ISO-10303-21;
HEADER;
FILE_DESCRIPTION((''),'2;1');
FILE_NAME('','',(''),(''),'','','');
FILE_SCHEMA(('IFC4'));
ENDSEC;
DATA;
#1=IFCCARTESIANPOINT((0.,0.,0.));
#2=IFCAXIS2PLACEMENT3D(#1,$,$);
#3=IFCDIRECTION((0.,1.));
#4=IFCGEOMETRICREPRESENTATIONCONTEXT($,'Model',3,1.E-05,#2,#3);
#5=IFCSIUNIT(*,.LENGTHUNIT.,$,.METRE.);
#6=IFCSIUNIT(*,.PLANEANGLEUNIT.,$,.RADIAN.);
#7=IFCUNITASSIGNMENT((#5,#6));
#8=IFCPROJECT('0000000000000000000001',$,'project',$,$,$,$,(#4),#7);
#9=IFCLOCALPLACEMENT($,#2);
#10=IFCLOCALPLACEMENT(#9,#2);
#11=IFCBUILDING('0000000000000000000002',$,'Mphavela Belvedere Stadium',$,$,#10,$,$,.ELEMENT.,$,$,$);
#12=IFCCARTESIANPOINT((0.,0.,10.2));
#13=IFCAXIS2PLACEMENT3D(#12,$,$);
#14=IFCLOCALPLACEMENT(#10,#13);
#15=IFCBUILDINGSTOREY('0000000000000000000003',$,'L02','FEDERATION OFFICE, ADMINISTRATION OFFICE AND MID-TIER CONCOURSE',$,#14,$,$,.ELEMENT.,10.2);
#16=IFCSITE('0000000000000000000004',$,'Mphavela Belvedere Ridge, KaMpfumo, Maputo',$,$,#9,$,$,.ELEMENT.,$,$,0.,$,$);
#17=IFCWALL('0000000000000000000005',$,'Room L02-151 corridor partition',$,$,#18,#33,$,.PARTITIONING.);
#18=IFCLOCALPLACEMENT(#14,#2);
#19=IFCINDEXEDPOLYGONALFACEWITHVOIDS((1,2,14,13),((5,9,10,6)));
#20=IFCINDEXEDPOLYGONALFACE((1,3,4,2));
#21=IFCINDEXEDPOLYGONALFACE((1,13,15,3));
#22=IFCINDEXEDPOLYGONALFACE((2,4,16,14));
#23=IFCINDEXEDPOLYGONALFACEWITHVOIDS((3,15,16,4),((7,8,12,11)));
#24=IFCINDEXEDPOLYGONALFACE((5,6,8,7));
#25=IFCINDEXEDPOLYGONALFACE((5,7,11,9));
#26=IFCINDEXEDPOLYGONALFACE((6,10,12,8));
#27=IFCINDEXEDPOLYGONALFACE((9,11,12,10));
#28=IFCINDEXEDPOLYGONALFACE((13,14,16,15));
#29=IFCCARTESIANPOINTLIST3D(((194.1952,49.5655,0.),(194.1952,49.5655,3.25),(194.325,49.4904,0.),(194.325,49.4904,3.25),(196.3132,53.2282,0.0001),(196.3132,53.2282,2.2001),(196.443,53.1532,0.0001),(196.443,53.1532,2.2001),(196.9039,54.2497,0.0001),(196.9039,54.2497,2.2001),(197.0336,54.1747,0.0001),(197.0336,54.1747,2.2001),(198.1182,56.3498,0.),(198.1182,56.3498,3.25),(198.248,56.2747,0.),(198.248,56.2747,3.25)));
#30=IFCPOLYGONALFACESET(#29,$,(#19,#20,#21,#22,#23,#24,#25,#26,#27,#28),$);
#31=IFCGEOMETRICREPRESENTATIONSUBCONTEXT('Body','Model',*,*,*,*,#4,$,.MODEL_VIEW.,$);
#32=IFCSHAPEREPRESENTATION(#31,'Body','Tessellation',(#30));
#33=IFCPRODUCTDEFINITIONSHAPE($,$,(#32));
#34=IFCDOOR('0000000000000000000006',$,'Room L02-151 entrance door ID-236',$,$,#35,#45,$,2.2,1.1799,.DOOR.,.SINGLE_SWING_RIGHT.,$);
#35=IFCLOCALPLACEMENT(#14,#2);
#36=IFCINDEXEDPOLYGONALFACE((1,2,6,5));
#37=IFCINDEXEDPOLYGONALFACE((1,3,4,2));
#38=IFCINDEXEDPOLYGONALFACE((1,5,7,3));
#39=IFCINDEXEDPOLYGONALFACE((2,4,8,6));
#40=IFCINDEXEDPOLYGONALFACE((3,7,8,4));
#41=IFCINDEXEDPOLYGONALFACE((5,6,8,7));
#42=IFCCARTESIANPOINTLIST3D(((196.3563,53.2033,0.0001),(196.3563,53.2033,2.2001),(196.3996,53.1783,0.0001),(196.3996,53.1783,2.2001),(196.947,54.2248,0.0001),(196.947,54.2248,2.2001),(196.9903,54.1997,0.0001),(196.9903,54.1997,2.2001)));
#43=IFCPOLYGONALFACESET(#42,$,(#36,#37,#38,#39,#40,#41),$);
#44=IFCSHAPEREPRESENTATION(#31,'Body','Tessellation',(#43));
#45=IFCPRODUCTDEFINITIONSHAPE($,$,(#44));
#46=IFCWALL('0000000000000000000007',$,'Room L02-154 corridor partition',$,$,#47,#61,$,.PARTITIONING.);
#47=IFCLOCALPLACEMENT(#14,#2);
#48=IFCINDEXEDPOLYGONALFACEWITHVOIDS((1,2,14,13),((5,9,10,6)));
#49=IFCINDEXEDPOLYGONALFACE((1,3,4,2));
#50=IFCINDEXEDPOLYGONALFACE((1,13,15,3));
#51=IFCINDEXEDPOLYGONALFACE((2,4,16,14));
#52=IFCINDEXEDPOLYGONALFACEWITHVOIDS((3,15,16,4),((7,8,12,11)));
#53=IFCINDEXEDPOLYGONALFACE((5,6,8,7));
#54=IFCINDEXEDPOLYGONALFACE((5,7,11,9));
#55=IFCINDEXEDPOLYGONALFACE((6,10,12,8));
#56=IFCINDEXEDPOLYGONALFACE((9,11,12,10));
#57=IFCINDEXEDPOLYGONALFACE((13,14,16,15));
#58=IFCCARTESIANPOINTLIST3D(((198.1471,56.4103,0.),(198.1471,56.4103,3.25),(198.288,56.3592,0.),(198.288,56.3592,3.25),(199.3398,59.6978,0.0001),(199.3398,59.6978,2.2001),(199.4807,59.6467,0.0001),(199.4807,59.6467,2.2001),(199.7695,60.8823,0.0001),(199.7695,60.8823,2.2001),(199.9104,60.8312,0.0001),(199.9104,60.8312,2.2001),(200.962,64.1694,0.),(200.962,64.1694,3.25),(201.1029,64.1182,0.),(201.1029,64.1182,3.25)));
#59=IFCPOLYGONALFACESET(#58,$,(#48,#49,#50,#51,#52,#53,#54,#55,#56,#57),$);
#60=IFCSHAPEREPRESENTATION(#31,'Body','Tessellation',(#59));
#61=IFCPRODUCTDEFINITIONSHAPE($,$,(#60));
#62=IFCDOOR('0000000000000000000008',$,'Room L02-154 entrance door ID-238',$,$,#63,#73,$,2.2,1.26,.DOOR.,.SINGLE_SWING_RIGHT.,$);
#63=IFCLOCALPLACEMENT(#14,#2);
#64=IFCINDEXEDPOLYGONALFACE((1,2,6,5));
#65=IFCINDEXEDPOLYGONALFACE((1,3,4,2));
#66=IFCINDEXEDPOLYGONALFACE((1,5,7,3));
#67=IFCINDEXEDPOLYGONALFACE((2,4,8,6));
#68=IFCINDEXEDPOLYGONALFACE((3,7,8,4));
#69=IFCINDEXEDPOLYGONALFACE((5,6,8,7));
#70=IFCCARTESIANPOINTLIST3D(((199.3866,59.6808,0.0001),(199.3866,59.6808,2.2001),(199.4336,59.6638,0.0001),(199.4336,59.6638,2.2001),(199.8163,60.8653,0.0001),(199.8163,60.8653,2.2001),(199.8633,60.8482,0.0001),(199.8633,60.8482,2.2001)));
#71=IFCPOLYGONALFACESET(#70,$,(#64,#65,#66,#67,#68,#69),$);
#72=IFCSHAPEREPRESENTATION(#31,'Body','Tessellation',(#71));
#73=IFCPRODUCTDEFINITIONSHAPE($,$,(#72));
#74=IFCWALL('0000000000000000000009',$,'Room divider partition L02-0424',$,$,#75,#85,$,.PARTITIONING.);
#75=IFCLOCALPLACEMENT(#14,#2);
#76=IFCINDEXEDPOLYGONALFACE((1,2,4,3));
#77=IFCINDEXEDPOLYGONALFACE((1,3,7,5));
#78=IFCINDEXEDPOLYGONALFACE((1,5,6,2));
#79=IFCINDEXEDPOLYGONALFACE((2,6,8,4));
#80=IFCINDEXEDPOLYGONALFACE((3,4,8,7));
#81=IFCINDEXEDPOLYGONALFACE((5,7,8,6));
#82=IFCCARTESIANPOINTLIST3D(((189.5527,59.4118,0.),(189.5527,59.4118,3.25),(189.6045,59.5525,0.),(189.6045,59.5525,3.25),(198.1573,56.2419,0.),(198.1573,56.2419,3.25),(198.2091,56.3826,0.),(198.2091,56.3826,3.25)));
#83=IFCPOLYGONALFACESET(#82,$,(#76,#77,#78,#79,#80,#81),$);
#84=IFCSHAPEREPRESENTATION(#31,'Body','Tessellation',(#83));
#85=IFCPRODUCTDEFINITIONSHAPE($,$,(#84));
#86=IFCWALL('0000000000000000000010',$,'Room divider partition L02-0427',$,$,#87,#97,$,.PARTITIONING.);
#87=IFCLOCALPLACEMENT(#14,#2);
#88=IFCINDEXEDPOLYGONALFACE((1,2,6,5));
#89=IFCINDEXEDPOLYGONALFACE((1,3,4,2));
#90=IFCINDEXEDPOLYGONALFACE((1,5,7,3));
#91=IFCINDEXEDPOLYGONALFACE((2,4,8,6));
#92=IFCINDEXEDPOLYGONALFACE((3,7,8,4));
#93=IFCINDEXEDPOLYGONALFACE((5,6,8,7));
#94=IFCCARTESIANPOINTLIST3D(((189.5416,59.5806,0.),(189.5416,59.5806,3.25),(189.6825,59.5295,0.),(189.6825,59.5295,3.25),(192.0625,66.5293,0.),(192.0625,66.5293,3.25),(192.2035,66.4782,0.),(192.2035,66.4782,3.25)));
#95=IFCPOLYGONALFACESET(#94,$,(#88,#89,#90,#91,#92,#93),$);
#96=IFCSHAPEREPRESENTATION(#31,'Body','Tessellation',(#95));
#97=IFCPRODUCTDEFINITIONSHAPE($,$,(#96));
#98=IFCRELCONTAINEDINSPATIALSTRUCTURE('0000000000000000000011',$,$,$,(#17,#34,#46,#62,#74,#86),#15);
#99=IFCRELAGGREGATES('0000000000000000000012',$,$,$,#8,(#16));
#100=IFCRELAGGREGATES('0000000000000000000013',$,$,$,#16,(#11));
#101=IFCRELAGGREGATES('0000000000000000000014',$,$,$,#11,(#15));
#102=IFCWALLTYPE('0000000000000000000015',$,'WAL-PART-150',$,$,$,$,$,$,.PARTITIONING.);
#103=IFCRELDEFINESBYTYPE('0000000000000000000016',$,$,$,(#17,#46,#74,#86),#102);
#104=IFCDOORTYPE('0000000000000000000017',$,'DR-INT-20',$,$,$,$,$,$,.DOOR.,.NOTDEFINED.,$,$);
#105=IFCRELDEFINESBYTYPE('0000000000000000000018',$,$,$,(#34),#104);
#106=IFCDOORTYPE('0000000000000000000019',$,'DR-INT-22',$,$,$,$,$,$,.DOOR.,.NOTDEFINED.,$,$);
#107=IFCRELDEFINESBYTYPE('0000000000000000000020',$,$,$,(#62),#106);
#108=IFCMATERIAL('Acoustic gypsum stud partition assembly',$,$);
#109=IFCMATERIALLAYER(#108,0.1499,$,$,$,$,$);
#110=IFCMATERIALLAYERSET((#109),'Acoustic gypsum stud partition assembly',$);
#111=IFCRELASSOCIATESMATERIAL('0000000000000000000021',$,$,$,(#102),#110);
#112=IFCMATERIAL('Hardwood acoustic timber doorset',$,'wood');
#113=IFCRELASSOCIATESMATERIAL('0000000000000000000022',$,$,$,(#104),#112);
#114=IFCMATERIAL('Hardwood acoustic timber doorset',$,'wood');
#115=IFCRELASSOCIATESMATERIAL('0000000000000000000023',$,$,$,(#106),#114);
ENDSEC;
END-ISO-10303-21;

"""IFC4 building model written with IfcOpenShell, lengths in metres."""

from ifc_helpers import new_model, si_unit, direction, frame, frame_2d, origin, place, context, subcontext, project, spatial, rectangle, extrude, material, layer, layer_set, type_object, element, fill, save


model = new_model("IFC4")

# Units and contexts
model_context = context("Model", 3, precision=1e-05, world=origin(), true_north=direction((0.0, 1.0)))
body_context = subcontext(model_context, "Body", "Model", "MODEL_VIEW")
ifc_project = project(units=[si_unit("LENGTHUNIT", "METRE"), si_unit("PLANEANGLEUNIT", "RADIAN")], contexts=[model_context])

# Site, building, storey
site_placement = place(None, origin())
site = spatial("IfcSite", under=ifc_project, at=site_placement, Name="Mphavela Belvedere Ridge, KaMpfumo, Maputo", CompositionType="ELEMENT", RefElevation=0.0)
building_placement = place(site_placement, origin())
building = spatial("IfcBuilding", under=site, at=building_placement, Name="Mphavela Belvedere Stadium", CompositionType="ELEMENT")
storey_placement = place(building_placement, frame((0.0, 0.0, 10.2)))
storey = spatial("IfcBuildingStorey", under=building, at=storey_placement, Name="L02", Description="FEDERATION OFFICE, ADMINISTRATION OFFICE AND MID-TIER CONCOURSE", CompositionType="ELEMENT", Elevation=10.2)

# Walls, openings, doors
ifc_material_1 = material(Name="Acoustic gypsum stud partition assembly")
ifc_layer = layer(ifc_material_1, 0.1499)
ifc_layer_set = layer_set([ifc_layer], Name="Acoustic gypsum stud partition assembly")
wall_type = type_object("IfcWallType", Name="WAL-PART-150", PredefinedType="PARTITIONING", material=ifc_layer_set)
wall_1_placement = place(storey_placement, frame((198.1831, 56.3123, 0.0), z_axis=(0.0, 0.0, 1.0), x_axis=(-0.500584, -0.865688, 0.0)))
wall_1 = element("IfcWall", 1, at=wall_1_placement, inside=storey, type_object=wall_type, Name="Room L02-151 corridor partition", PredefinedType="PARTITIONING", context=body_context, shape_type="SweptSolid", body=[
    extrude(rectangle(XDim=7.8369, YDim=0.1499, at=frame_2d((3.9185, 0.0))), origin(), (0.0, 0.0, 1.0), 3.25),
])
opening_1_placement = place(wall_1_placement, frame((2.426, 0.0, 0.0)))
opening_1 = element("IfcOpeningElement", 2, at=opening_1_placement, cuts=wall_1, PredefinedType="OPENING", context=body_context, shape_type="SweptSolid", body=[
    extrude(rectangle(XDim=1.1799, YDim=2.2, at=frame_2d((0.5898, 1.1001))), frame((0.0, 0.085, 0.0), z_axis=(0.0, -1.0, 0.0), x_axis=(1.0, 0.0, 0.0)), (0.0, 0.0, 1.0), 0.1699),
])
ifc_material_2 = material(Name="Hardwood acoustic timber doorset", Category="wood")
door_type_1 = type_object("IfcDoorType", Name="DR-INT-20", OperationType="NOTDEFINED", PredefinedType="DOOR", material=ifc_material_2)
door_1_placement = place(opening_1_placement, origin())
door_1 = element("IfcDoor", 3, at=door_1_placement, inside=storey, type_object=door_type_1, Name="Room L02-151 entrance door ID-236", OperationType="SINGLE_SWING_RIGHT", OverallHeight=2.2, OverallWidth=1.1799, PredefinedType="DOOR", context=body_context, shape_type="SweptSolid", body=[
    extrude(rectangle(XDim=1.1799, YDim=2.2, at=frame_2d((0.5898, 1.1001))), frame((0.0, 0.0249, 0.0), z_axis=(0.0, -1.0, 0.0), x_axis=(1.0, 0.0, 0.0)), (0.0, 0.0, 1.0), 0.05),
])
fill(opening_1, door_1)
wall_2_placement = place(storey_placement, frame((201.0325, 64.1438, 0.0), z_axis=(0.0, 0.0, 1.0), x_axis=(-0.341045, -0.940047, 0.0)))
wall_2 = element("IfcWall", 4, at=wall_2_placement, inside=storey, type_object=wall_type, Name="Room L02-154 corridor partition", PredefinedType="PARTITIONING", context=body_context, shape_type="SweptSolid", body=[
    extrude(rectangle(XDim=8.2539, YDim=0.1499, at=frame_2d((4.127, 0.0))), origin(), (0.0, 0.0, 1.0), 3.25),
])
opening_2_placement = place(wall_2_placement, frame((3.4968, 0.0, 0.0)))
opening_2 = element("IfcOpeningElement", 5, at=opening_2_placement, cuts=wall_2, PredefinedType="OPENING", context=body_context, shape_type="SweptSolid", body=[
    extrude(rectangle(XDim=1.26, YDim=2.2, at=frame_2d((0.6299, 1.1001))), frame((0.0, 0.085, 0.0), z_axis=(0.0, -1.0, 0.0), x_axis=(1.0, 0.0, 0.0)), (0.0, 0.0, 1.0), 0.1699),
])
ifc_material_3 = material(Name="Hardwood acoustic timber doorset", Category="wood")
door_type_2 = type_object("IfcDoorType", Name="DR-INT-22", OperationType="NOTDEFINED", PredefinedType="DOOR", material=ifc_material_3)
door_2_placement = place(opening_2_placement, origin())
door_2 = element("IfcDoor", 6, at=door_2_placement, inside=storey, type_object=door_type_2, Name="Room L02-154 entrance door ID-238", OperationType="SINGLE_SWING_RIGHT", OverallHeight=2.2, OverallWidth=1.26, PredefinedType="DOOR", context=body_context, shape_type="SweptSolid", body=[
    extrude(rectangle(XDim=1.26, YDim=2.2, at=frame_2d((0.6299, 1.1001))), frame((0.0, 0.0249, 0.0), z_axis=(0.0, -1.0, 0.0), x_axis=(1.0, 0.0, 0.0)), (0.0, 0.0, 1.0), 0.05),
])
fill(opening_2, door_2)

# Walls
wall_3_placement = place(storey_placement, frame((189.5786, 59.4822, 0.0), z_axis=(0.0, 0.0, 1.0), x_axis=(0.938349, -0.345691, 0.0)))
element("IfcWall", 7, at=wall_3_placement, inside=storey, type_object=wall_type, Name="Room divider partition L02-0424", PredefinedType="PARTITIONING", context=body_context, shape_type="SweptSolid", body=[
    extrude(rectangle(XDim=9.1699, YDim=0.1499, at=frame_2d((4.585, 0.0))), origin(), (0.0, 0.0, 1.0), 3.25),
])
wall_4_placement = place(storey_placement, frame((189.6121, 59.5552, 0.0), z_axis=(0.0, 0.0, 1.0), x_axis=(0.341048, 0.940046, 0.0)))
element("IfcWall", 8, at=wall_4_placement, inside=storey, type_object=wall_type, Name="Room divider partition L02-0427", PredefinedType="PARTITIONING", context=body_context, shape_type="SweptSolid", body=[
    extrude(rectangle(XDim=7.3918, YDim=0.1499, at=frame_2d((3.6958, 0.0))), origin(), (0.0, 0.0, 1.0), 3.25),
])

save(model, "model.ifc")
